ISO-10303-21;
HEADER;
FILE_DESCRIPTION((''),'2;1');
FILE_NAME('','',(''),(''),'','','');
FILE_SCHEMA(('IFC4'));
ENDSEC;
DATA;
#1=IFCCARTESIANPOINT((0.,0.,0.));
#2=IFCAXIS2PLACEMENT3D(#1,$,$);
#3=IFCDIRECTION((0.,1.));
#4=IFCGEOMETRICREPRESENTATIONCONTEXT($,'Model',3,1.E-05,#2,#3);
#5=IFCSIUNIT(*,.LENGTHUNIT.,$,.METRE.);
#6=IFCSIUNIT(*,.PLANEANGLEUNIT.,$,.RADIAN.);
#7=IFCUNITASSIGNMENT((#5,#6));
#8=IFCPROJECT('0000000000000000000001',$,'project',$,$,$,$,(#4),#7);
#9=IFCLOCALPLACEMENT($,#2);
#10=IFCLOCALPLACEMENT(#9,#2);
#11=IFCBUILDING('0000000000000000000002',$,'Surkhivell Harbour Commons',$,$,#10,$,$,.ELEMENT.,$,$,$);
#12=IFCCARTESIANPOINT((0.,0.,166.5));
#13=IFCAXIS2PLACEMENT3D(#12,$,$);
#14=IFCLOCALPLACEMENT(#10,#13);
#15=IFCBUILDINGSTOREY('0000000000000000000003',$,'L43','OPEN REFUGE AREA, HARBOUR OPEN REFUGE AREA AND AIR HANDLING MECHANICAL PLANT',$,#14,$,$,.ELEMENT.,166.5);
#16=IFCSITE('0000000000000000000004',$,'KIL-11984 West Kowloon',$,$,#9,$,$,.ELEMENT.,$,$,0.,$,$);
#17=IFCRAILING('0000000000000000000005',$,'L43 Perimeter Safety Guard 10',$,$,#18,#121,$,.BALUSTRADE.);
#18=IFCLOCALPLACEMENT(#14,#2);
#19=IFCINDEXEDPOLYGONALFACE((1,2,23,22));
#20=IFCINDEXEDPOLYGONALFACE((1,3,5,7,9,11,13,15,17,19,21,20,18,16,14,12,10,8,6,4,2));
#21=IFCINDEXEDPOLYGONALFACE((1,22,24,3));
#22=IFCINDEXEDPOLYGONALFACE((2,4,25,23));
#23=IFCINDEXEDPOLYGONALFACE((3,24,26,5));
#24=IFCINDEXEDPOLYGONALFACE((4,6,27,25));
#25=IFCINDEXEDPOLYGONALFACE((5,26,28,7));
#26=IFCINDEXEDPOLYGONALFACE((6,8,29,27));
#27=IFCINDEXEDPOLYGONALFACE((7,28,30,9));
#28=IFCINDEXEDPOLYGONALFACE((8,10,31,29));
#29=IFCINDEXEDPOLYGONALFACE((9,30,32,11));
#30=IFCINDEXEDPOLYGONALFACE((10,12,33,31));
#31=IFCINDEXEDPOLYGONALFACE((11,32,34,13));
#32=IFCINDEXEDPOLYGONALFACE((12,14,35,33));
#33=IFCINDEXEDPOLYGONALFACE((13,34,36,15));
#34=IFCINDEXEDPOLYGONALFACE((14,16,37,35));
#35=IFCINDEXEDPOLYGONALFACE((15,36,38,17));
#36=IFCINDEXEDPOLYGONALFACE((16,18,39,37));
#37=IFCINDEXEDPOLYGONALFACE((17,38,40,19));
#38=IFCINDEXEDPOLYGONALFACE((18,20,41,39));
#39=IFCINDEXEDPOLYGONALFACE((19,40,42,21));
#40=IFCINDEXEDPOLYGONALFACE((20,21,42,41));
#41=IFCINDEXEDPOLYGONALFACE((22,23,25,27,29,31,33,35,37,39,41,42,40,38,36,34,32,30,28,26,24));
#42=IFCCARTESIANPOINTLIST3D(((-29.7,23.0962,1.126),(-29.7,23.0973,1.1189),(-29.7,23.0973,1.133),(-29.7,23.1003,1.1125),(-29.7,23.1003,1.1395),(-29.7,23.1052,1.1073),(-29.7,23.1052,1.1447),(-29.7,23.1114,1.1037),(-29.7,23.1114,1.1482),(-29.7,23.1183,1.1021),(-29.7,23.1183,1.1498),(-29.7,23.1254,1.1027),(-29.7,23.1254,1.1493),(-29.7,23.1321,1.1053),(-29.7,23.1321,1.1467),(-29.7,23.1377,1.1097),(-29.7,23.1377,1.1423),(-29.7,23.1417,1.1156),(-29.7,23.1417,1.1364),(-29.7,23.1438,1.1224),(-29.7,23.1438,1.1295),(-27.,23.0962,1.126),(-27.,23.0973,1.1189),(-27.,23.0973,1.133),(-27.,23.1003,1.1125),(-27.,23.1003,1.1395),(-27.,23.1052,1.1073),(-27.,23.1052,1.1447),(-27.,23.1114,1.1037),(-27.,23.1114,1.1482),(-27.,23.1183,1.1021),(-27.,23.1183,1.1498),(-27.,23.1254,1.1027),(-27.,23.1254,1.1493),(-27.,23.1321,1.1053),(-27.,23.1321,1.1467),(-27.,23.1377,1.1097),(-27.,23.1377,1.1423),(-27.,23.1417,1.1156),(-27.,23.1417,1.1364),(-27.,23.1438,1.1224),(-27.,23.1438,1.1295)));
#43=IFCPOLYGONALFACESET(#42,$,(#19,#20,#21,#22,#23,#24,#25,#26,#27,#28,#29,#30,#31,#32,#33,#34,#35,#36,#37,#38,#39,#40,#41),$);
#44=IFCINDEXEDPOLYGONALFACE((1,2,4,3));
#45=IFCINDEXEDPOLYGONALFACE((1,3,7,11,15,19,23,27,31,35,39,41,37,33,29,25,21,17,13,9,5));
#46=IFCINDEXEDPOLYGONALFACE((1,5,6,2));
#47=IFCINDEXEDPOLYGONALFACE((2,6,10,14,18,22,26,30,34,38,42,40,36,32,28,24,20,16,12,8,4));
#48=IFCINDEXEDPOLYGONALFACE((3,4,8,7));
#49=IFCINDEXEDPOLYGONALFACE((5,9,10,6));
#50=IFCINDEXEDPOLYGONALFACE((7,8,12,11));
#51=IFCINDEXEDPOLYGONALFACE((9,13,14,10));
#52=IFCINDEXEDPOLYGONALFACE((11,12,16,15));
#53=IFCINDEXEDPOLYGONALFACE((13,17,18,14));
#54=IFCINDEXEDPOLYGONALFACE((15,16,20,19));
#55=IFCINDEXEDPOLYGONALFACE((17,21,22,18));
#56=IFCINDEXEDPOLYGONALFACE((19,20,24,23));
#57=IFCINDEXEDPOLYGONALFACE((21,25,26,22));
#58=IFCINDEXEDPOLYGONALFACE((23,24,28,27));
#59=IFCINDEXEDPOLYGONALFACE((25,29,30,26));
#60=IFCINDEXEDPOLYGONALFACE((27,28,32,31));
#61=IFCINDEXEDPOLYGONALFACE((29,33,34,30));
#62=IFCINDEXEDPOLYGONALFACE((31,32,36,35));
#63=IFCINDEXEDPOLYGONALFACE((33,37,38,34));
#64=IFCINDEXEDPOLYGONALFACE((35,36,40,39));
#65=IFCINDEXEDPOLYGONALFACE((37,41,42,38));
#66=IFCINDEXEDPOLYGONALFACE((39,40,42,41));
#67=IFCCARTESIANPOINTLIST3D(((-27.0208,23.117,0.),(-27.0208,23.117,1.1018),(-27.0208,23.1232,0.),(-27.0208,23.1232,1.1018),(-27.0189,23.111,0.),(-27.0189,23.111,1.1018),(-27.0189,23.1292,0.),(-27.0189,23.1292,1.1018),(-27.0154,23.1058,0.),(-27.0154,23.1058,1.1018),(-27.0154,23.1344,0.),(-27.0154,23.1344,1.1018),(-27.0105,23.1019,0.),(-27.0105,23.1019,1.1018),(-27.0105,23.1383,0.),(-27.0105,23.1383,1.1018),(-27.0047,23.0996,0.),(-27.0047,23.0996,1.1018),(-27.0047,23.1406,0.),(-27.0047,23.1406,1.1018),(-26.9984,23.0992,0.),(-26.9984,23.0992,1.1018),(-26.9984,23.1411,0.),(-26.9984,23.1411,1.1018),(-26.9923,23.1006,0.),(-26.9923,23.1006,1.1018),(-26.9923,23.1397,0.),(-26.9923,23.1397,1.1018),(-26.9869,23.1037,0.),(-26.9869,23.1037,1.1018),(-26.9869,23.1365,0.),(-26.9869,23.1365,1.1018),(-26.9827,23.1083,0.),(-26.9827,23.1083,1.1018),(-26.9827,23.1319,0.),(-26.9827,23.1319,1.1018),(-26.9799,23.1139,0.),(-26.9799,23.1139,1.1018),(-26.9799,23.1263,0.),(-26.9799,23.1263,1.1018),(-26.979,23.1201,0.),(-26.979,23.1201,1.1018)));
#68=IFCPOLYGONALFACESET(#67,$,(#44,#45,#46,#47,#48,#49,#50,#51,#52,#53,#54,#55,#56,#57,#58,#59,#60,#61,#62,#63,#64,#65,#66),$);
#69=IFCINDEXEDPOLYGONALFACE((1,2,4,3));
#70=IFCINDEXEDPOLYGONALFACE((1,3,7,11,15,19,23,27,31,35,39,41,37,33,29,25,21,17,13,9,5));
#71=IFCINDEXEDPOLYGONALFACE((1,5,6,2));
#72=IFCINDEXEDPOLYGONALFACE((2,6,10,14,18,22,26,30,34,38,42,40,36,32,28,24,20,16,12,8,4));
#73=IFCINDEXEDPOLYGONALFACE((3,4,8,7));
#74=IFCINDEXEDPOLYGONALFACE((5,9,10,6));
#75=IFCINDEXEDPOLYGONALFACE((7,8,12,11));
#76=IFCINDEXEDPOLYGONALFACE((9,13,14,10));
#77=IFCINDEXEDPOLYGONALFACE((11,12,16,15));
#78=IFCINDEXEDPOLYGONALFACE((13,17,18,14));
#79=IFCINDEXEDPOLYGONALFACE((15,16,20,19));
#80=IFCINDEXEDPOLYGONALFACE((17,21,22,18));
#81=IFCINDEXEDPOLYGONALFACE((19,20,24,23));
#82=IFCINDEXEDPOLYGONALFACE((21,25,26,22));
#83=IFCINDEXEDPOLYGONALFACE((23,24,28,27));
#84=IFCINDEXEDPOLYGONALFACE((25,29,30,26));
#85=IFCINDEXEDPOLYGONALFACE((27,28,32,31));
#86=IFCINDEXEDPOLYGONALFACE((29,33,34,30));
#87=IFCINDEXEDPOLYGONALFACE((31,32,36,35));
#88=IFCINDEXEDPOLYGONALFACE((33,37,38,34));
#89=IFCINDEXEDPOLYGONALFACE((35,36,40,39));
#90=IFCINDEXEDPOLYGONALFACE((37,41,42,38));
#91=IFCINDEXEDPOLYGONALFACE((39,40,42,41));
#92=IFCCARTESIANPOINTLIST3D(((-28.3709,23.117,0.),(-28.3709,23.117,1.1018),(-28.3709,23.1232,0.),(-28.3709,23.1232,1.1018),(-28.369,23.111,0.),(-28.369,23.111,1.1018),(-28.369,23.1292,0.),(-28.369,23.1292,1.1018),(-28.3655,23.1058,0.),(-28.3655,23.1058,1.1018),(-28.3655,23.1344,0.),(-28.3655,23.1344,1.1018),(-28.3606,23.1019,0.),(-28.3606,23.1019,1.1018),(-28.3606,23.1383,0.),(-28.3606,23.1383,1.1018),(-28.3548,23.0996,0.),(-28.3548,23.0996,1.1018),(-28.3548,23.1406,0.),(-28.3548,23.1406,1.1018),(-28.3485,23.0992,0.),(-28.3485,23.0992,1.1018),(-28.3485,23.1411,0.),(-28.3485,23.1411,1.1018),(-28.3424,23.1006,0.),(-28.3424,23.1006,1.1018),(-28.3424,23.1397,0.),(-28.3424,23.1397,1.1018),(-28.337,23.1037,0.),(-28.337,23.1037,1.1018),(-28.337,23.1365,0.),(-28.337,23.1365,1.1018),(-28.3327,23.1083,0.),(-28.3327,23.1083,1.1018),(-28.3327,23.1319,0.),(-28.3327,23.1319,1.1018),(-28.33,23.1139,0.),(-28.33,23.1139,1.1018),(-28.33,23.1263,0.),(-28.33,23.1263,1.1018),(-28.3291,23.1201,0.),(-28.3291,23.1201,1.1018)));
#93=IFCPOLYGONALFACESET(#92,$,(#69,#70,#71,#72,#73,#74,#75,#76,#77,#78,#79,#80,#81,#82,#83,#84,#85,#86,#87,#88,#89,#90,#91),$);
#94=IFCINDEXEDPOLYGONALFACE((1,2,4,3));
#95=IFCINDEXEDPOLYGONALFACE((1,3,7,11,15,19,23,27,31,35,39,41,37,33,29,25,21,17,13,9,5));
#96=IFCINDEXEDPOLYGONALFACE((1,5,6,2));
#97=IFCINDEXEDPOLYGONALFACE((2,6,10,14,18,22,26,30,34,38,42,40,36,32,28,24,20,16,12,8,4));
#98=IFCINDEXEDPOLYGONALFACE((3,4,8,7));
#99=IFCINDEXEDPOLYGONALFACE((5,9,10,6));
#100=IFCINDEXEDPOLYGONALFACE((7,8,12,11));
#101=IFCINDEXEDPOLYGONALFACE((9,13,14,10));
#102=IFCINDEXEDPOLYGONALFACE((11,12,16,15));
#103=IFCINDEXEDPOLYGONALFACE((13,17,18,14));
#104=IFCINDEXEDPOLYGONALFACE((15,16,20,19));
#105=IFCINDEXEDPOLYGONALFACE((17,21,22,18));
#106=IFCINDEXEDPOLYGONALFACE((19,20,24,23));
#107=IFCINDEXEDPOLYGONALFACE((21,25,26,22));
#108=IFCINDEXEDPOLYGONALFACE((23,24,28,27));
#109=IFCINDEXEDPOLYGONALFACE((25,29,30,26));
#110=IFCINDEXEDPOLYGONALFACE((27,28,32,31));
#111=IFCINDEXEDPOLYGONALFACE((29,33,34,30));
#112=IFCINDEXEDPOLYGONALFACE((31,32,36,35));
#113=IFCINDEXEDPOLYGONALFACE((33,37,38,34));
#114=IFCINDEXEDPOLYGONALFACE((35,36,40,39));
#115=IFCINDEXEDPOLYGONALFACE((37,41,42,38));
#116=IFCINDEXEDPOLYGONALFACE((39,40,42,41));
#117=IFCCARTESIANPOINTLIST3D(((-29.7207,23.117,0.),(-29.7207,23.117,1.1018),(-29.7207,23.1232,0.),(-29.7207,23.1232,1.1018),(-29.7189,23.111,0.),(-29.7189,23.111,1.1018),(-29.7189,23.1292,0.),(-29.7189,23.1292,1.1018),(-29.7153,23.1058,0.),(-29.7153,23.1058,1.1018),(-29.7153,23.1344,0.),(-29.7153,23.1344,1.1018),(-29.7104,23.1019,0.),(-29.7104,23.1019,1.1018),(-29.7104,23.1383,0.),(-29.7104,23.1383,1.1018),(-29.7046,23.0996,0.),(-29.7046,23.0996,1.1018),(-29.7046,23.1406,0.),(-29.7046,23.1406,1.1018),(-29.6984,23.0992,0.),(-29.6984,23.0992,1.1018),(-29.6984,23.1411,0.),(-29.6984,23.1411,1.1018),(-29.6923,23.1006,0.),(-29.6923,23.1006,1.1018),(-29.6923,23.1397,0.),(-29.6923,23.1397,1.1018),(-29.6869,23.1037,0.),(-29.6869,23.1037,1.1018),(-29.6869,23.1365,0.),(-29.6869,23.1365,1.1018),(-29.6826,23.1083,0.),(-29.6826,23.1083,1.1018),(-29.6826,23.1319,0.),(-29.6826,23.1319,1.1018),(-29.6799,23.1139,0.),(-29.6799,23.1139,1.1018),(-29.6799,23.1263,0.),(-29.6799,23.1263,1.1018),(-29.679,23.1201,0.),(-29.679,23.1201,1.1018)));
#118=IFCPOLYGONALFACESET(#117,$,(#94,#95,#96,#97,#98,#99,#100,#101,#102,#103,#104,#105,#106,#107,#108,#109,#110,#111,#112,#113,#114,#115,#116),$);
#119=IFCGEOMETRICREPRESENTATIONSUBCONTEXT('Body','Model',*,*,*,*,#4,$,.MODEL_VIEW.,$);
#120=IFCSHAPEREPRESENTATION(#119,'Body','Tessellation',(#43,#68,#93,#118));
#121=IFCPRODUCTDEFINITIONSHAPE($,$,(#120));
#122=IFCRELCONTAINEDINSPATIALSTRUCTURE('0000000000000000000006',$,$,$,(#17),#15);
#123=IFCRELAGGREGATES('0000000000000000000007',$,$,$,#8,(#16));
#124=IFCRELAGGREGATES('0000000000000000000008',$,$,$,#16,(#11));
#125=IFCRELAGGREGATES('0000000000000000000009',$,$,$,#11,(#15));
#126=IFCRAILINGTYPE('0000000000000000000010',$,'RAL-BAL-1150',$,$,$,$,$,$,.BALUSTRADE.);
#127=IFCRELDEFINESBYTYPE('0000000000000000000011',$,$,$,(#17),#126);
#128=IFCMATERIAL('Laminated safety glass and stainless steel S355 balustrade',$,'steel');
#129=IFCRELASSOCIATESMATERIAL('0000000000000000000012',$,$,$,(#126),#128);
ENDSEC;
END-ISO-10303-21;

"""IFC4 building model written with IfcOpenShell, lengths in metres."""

from ifc_helpers import new_model, si_unit, direction, frame, origin, origin_2d, place, context, subcontext, project, spatial, circle, extrude, material, type_object, element, save


model = new_model("IFC4")

# Units and contexts
model_context = context("Model", 3, precision=1e-05, world=origin(), true_north=direction((0.0, 1.0)))
body_context = subcontext(model_context, "Body", "Model", "MODEL_VIEW")
ifc_project = project(units=[si_unit("LENGTHUNIT", "METRE"), si_unit("PLANEANGLEUNIT", "RADIAN")], contexts=[model_context])

# Site, building, storey
site_placement = place(None, origin())
site = spatial("IfcSite", under=ifc_project, at=site_placement, Name="KIL-11984 West Kowloon", CompositionType="ELEMENT", RefElevation=0.0)
building_placement = place(site_placement, origin())
building = spatial("IfcBuilding", under=site, at=building_placement, Name="Surkhivell Harbour Commons", CompositionType="ELEMENT")
storey_placement = place(building_placement, frame((0.0, 0.0, 166.5)))
storey = spatial("IfcBuildingStorey", under=building, at=storey_placement, Name="L43", Description="OPEN REFUGE AREA, HARBOUR OPEN REFUGE AREA AND AIR HANDLING MECHANICAL PLANT", CompositionType="ELEMENT", Elevation=166.5)

# Railing
ifc_material_1 = material(Name="Laminated safety glass and stainless steel S355 balustrade", Category="steel")
railing_type = type_object("IfcRailingType", Name="RAL-BAL-1150", PredefinedType="BALUSTRADE", material=ifc_material_1)
railing_1_placement = place(storey_placement, frame((-27.0, 23.1201, 0.0)))
element("IfcRailing", 1, at=railing_1_placement, inside=storey, type_object=railing_type, Name="L43 Perimeter Safety Guard 10", PredefinedType="BALUSTRADE", context=body_context, shape_type="SweptSolid", body=[
    extrude(circle(Radius=0.0239, at=origin_2d()), frame((0.0, 0.0, 1.126), z_axis=(-1.0, 0.0, 0.0), x_axis=(0.0, -1.0, 0.0)), (0.0, 0.0, 1.0), 2.7),
    extrude(circle(Radius=0.021, at=origin_2d()), origin(), (0.0, 0.0, 1.0), 1.1018),
    extrude(circle(Radius=0.021, at=origin_2d()), frame((-1.3501, 0.0, 0.0)), (0.0, 0.0, 1.0), 1.1018),
    extrude(circle(Radius=0.021, at=origin_2d()), frame((-2.7, 0.0, 0.0)), (0.0, 0.0, 1.0), 1.1018),
])

save(model, "model.ifc")
